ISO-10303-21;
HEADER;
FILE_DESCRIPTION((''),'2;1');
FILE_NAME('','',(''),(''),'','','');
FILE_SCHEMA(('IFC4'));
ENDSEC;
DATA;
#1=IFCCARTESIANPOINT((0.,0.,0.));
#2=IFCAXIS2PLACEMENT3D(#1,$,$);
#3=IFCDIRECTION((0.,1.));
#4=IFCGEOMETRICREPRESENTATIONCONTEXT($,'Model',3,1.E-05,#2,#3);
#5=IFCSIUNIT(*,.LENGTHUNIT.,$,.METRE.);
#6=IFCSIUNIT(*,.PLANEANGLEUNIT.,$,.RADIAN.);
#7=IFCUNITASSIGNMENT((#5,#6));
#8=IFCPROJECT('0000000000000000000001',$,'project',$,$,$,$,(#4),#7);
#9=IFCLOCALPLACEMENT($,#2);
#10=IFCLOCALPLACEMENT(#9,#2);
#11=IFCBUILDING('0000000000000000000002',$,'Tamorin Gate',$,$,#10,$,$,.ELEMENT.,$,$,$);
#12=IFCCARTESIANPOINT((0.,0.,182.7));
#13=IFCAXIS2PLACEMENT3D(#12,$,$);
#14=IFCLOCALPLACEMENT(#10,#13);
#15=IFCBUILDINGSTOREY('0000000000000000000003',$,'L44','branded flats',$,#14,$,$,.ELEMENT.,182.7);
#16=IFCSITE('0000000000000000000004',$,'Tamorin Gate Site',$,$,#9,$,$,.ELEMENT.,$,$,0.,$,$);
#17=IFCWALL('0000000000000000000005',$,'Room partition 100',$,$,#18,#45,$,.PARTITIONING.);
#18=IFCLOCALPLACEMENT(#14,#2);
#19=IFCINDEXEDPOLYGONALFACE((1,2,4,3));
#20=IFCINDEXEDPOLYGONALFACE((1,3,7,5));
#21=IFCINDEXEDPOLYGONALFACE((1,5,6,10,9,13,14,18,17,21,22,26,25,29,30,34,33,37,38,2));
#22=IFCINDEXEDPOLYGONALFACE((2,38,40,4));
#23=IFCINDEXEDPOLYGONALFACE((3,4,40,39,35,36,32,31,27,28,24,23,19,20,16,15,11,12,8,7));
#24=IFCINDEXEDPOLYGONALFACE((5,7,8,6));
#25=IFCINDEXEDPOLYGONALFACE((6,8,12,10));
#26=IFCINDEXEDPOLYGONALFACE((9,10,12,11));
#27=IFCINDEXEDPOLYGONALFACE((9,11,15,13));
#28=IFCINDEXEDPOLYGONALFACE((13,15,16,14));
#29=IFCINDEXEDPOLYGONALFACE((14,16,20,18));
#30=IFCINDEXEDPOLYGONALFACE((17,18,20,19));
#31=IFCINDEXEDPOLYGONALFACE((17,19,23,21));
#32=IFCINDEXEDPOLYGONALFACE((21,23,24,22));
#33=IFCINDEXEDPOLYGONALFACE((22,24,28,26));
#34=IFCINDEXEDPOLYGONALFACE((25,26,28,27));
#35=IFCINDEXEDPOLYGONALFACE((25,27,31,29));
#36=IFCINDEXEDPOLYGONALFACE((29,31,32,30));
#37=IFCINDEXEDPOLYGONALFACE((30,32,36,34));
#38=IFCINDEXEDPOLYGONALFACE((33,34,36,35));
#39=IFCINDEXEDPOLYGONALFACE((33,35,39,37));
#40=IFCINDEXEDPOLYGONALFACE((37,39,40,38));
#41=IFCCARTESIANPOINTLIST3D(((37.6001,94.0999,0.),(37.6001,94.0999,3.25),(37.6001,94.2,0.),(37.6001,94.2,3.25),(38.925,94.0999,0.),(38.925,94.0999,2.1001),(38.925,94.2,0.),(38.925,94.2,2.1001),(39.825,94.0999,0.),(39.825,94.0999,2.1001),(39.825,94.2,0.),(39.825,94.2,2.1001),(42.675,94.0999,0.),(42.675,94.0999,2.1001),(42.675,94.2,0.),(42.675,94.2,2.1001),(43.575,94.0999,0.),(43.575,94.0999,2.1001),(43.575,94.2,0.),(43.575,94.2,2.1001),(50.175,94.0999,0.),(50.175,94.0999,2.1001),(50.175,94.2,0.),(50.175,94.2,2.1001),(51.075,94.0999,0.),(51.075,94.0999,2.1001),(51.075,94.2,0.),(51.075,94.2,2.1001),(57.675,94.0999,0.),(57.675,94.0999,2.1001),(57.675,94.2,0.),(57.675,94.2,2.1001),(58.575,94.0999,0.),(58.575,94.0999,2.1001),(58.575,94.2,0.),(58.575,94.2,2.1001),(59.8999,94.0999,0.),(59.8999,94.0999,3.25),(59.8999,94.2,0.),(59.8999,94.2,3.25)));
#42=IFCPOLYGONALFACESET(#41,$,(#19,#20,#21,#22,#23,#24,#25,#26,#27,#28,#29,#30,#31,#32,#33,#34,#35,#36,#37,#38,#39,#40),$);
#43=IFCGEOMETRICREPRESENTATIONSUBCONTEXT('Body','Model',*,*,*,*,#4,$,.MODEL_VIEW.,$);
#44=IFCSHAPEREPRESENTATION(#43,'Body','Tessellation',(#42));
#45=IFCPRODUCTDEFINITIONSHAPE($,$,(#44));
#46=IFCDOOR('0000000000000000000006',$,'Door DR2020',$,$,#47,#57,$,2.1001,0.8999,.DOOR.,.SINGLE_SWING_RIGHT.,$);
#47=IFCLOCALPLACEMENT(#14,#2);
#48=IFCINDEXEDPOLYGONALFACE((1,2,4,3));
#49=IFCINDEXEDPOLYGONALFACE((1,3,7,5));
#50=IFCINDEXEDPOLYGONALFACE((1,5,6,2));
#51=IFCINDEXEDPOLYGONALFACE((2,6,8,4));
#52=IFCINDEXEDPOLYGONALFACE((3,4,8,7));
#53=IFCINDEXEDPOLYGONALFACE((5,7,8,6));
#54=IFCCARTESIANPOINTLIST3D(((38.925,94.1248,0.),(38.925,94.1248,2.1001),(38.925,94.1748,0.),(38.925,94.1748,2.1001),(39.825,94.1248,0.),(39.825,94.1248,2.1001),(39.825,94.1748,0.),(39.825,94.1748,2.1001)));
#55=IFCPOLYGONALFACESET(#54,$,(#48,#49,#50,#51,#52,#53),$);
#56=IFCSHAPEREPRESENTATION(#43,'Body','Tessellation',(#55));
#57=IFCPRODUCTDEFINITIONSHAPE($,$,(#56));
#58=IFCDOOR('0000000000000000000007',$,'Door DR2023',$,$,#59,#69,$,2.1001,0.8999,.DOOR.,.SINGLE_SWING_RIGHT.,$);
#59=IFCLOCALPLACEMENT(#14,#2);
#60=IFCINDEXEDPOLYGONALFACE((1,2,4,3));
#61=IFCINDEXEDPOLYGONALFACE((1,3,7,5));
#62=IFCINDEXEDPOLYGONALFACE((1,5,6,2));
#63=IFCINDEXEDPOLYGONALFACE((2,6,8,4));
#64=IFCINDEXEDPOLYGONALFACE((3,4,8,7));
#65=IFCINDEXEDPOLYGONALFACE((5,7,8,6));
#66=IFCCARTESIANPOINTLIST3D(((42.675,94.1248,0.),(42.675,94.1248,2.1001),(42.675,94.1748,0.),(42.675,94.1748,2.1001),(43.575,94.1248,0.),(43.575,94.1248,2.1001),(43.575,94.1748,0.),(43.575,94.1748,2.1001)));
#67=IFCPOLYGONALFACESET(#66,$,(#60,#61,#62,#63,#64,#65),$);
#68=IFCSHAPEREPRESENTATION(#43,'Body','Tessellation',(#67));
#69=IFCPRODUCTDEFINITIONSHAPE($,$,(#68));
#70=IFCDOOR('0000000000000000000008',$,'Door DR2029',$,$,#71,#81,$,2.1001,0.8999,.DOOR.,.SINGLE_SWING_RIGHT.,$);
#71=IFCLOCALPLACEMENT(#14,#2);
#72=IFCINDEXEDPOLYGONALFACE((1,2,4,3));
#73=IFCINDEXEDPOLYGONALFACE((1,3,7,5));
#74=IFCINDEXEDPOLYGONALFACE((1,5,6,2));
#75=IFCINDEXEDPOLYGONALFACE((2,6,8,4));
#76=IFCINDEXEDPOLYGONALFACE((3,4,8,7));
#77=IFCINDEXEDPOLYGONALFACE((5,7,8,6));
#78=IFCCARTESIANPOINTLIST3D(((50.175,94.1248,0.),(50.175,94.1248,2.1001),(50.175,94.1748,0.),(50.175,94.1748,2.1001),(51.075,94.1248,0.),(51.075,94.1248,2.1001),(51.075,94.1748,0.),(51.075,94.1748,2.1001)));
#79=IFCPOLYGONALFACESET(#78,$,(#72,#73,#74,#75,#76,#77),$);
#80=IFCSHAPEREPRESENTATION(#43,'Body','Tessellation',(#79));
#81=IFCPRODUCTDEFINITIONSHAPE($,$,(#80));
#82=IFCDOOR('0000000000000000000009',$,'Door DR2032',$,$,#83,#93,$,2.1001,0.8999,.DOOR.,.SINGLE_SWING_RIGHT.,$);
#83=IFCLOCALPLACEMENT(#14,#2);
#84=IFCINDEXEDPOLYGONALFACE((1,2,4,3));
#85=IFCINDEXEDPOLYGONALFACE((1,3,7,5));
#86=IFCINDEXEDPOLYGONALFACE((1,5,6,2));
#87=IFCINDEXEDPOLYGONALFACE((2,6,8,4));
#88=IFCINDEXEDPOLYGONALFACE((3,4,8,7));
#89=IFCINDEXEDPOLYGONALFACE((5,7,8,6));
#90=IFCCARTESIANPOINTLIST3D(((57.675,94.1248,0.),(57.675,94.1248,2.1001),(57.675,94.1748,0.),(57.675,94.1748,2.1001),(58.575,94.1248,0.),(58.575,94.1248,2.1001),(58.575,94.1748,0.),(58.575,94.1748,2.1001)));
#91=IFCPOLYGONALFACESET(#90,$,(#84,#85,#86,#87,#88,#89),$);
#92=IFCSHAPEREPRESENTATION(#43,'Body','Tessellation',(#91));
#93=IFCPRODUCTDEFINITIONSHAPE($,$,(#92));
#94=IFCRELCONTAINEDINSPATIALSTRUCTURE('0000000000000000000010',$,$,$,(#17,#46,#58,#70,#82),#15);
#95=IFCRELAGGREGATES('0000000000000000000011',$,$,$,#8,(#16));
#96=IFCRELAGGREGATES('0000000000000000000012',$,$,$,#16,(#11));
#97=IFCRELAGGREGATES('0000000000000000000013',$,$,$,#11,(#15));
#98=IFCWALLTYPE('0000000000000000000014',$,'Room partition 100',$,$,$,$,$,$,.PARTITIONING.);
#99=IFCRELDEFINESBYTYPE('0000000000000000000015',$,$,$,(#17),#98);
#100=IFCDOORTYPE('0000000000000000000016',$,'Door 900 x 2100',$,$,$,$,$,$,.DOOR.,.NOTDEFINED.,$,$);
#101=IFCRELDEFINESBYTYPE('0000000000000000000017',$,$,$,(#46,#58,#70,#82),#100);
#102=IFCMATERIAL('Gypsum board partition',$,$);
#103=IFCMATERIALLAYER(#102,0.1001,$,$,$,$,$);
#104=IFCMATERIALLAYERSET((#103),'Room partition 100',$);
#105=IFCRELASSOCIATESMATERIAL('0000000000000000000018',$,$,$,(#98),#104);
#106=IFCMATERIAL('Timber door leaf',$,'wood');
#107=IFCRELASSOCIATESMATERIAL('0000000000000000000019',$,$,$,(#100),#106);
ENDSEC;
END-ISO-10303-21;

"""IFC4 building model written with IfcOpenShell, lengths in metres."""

from ifc_helpers import new_model, si_unit, direction, frame, frame_2d, origin, place, context, subcontext, project, spatial, rectangle, extrude, material, layer, layer_set, type_object, element, fill, save


model = new_model("IFC4")

# Units and contexts
model_context = context("Model", 3, precision=1e-05, world=origin(), true_north=direction((0.0, 1.0)))
body_context = subcontext(model_context, "Body", "Model", "MODEL_VIEW")
ifc_project = project(units=[si_unit("LENGTHUNIT", "METRE"), si_unit("PLANEANGLEUNIT", "RADIAN")], contexts=[model_context])

# Site, building, storey
site_placement = place(None, origin())
site = spatial("IfcSite", under=ifc_project, at=site_placement, Name="Tamorin Gate Site", CompositionType="ELEMENT", RefElevation=0.0)
building_placement = place(site_placement, origin())
building = spatial("IfcBuilding", under=site, at=building_placement, Name="Tamorin Gate", CompositionType="ELEMENT")
storey_placement = place(building_placement, frame((0.0, 0.0, 182.7)))
storey = spatial("IfcBuildingStorey", under=building, at=storey_placement, Name="L44", Description="branded flats", CompositionType="ELEMENT", Elevation=182.7)

# Wall, openings, doors
ifc_material_1 = material(Name="Gypsum board partition")
ifc_layer_1 = layer(ifc_material_1, 0.1001)
ifc_layer_set_1 = layer_set([ifc_layer_1], Name="Room partition 100")
wall_type_1 = type_object("IfcWallType", Name="Room partition 100", PredefinedType="PARTITIONING", material=ifc_layer_set_1)
wall_1_placement = place(storey_placement, frame((37.6001, 94.1499, 0.0), z_axis=(0.0, 0.0, 1.0), x_axis=(1.0, 0.0, 0.0)))
wall_1 = element("IfcWall", 1, at=wall_1_placement, inside=storey, type_object=wall_type_1, Name="Room partition 100", PredefinedType="PARTITIONING", context=body_context, shape_type="SweptSolid", body=[
    extrude(rectangle(XDim=22.2998, YDim=0.1001, at=frame_2d((11.1499, 0.0))), origin(), (0.0, 0.0, 1.0), 3.25),
])
opening_1_placement = place(wall_1_placement, frame((1.325, 0.0, 0.0)))
opening_1 = element("IfcOpeningElement", 2, at=opening_1_placement, cuts=wall_1, PredefinedType="OPENING", context=body_context, shape_type="SweptSolid", body=[
    extrude(rectangle(XDim=0.8999, YDim=2.1001, at=frame_2d((0.45, 1.05))), frame((0.0, 0.0601, 0.0), z_axis=(0.0, -1.0, 0.0), x_axis=(1.0, 0.0, 0.0)), (0.0, 0.0, 1.0), 0.1201),
])
opening_2_placement = place(wall_1_placement, frame((5.075, 0.0, 0.0)))
opening_2 = element("IfcOpeningElement", 3, at=opening_2_placement, cuts=wall_1, PredefinedType="OPENING", context=body_context, shape_type="SweptSolid", body=[
    extrude(rectangle(XDim=0.8999, YDim=2.1001, at=frame_2d((0.45, 1.05))), frame((0.0, 0.0601, 0.0), z_axis=(0.0, -1.0, 0.0), x_axis=(1.0, 0.0, 0.0)), (0.0, 0.0, 1.0), 0.1201),
])
opening_3_placement = place(wall_1_placement, frame((12.575, 0.0, 0.0)))
opening_3 = element("IfcOpeningElement", 4, at=opening_3_placement, cuts=wall_1, PredefinedType="OPENING", context=body_context, shape_type="SweptSolid", body=[
    extrude(rectangle(XDim=0.8999, YDim=2.1001, at=frame_2d((0.45, 1.05))), frame((0.0, 0.0601, 0.0), z_axis=(0.0, -1.0, 0.0), x_axis=(1.0, 0.0, 0.0)), (0.0, 0.0, 1.0), 0.1201),
])
opening_4_placement = place(wall_1_placement, frame((20.075, 0.0, 0.0)))
opening_4 = element("IfcOpeningElement", 5, at=opening_4_placement, cuts=wall_1, PredefinedType="OPENING", context=body_context, shape_type="SweptSolid", body=[
    extrude(rectangle(XDim=0.8999, YDim=2.1001, at=frame_2d((0.45, 1.05))), frame((0.0, 0.0601, 0.0), z_axis=(0.0, -1.0, 0.0), x_axis=(1.0, 0.0, 0.0)), (0.0, 0.0, 1.0), 0.1201),
])
ifc_material_2 = material(Name="Timber door leaf", Category="wood")
door_type = type_object("IfcDoorType", Name="Door 900 x 2100", OperationType="NOTDEFINED", PredefinedType="DOOR", material=ifc_material_2)
door_1_placement = place(opening_1_placement, origin())
door_1 = element("IfcDoor", 6, at=door_1_placement, inside=storey, type_object=door_type, Name="Door DR2020", OperationType="SINGLE_SWING_RIGHT", OverallHeight=2.1001, OverallWidth=0.8999, PredefinedType="DOOR", context=body_context, shape_type="SweptSolid", body=[
    extrude(rectangle(XDim=0.8999, YDim=2.1001, at=frame_2d((0.45, 1.05))), frame((0.0, 0.0249, 0.0), z_axis=(0.0, -1.0, 0.0), x_axis=(1.0, 0.0, 0.0)), (0.0, 0.0, 1.0), 0.05),
])
fill(opening_1, door_1)
door_2_placement = place(opening_2_placement, origin())
door_2 = element("IfcDoor", 7, at=door_2_placement, inside=storey, type_object=door_type, Name="Door DR2023", OperationType="SINGLE_SWING_RIGHT", OverallHeight=2.1001, OverallWidth=0.8999, PredefinedType="DOOR", context=body_context, shape_type="SweptSolid", body=[
    extrude(rectangle(XDim=0.8999, YDim=2.1001, at=frame_2d((0.45, 1.05))), frame((0.0, 0.0249, 0.0), z_axis=(0.0, -1.0, 0.0), x_axis=(1.0, 0.0, 0.0)), (0.0, 0.0, 1.0), 0.05),
])
fill(opening_2, door_2)
door_3_placement = place(opening_3_placement, origin())
door_3 = element("IfcDoor", 8, at=door_3_placement, inside=storey, type_object=door_type, Name="Door DR2029", OperationType="SINGLE_SWING_RIGHT", OverallHeight=2.1001, OverallWidth=0.8999, PredefinedType="DOOR", context=body_context, shape_type="SweptSolid", body=[
    extrude(rectangle(XDim=0.8999, YDim=2.1001, at=frame_2d((0.45, 1.05))), frame((0.0, 0.0249, 0.0), z_axis=(0.0, -1.0, 0.0), x_axis=(1.0, 0.0, 0.0)), (0.0, 0.0, 1.0), 0.05),
])
fill(opening_3, door_3)
door_4_placement = place(opening_4_placement, origin())
door_4 = element("IfcDoor", 9, at=door_4_placement, inside=storey, type_object=door_type, Name="Door DR2032", OperationType="SINGLE_SWING_RIGHT", OverallHeight=2.1001, OverallWidth=0.8999, PredefinedType="DOOR", context=body_context, shape_type="SweptSolid", body=[
    extrude(rectangle(XDim=0.8999, YDim=2.1001, at=frame_2d((0.45, 1.05))), frame((0.0, 0.0249, 0.0), z_axis=(0.0, -1.0, 0.0), x_axis=(1.0, 0.0, 0.0)), (0.0, 0.0, 1.0), 0.05),
])
fill(opening_4, door_4)

save(model, "model.ifc")
